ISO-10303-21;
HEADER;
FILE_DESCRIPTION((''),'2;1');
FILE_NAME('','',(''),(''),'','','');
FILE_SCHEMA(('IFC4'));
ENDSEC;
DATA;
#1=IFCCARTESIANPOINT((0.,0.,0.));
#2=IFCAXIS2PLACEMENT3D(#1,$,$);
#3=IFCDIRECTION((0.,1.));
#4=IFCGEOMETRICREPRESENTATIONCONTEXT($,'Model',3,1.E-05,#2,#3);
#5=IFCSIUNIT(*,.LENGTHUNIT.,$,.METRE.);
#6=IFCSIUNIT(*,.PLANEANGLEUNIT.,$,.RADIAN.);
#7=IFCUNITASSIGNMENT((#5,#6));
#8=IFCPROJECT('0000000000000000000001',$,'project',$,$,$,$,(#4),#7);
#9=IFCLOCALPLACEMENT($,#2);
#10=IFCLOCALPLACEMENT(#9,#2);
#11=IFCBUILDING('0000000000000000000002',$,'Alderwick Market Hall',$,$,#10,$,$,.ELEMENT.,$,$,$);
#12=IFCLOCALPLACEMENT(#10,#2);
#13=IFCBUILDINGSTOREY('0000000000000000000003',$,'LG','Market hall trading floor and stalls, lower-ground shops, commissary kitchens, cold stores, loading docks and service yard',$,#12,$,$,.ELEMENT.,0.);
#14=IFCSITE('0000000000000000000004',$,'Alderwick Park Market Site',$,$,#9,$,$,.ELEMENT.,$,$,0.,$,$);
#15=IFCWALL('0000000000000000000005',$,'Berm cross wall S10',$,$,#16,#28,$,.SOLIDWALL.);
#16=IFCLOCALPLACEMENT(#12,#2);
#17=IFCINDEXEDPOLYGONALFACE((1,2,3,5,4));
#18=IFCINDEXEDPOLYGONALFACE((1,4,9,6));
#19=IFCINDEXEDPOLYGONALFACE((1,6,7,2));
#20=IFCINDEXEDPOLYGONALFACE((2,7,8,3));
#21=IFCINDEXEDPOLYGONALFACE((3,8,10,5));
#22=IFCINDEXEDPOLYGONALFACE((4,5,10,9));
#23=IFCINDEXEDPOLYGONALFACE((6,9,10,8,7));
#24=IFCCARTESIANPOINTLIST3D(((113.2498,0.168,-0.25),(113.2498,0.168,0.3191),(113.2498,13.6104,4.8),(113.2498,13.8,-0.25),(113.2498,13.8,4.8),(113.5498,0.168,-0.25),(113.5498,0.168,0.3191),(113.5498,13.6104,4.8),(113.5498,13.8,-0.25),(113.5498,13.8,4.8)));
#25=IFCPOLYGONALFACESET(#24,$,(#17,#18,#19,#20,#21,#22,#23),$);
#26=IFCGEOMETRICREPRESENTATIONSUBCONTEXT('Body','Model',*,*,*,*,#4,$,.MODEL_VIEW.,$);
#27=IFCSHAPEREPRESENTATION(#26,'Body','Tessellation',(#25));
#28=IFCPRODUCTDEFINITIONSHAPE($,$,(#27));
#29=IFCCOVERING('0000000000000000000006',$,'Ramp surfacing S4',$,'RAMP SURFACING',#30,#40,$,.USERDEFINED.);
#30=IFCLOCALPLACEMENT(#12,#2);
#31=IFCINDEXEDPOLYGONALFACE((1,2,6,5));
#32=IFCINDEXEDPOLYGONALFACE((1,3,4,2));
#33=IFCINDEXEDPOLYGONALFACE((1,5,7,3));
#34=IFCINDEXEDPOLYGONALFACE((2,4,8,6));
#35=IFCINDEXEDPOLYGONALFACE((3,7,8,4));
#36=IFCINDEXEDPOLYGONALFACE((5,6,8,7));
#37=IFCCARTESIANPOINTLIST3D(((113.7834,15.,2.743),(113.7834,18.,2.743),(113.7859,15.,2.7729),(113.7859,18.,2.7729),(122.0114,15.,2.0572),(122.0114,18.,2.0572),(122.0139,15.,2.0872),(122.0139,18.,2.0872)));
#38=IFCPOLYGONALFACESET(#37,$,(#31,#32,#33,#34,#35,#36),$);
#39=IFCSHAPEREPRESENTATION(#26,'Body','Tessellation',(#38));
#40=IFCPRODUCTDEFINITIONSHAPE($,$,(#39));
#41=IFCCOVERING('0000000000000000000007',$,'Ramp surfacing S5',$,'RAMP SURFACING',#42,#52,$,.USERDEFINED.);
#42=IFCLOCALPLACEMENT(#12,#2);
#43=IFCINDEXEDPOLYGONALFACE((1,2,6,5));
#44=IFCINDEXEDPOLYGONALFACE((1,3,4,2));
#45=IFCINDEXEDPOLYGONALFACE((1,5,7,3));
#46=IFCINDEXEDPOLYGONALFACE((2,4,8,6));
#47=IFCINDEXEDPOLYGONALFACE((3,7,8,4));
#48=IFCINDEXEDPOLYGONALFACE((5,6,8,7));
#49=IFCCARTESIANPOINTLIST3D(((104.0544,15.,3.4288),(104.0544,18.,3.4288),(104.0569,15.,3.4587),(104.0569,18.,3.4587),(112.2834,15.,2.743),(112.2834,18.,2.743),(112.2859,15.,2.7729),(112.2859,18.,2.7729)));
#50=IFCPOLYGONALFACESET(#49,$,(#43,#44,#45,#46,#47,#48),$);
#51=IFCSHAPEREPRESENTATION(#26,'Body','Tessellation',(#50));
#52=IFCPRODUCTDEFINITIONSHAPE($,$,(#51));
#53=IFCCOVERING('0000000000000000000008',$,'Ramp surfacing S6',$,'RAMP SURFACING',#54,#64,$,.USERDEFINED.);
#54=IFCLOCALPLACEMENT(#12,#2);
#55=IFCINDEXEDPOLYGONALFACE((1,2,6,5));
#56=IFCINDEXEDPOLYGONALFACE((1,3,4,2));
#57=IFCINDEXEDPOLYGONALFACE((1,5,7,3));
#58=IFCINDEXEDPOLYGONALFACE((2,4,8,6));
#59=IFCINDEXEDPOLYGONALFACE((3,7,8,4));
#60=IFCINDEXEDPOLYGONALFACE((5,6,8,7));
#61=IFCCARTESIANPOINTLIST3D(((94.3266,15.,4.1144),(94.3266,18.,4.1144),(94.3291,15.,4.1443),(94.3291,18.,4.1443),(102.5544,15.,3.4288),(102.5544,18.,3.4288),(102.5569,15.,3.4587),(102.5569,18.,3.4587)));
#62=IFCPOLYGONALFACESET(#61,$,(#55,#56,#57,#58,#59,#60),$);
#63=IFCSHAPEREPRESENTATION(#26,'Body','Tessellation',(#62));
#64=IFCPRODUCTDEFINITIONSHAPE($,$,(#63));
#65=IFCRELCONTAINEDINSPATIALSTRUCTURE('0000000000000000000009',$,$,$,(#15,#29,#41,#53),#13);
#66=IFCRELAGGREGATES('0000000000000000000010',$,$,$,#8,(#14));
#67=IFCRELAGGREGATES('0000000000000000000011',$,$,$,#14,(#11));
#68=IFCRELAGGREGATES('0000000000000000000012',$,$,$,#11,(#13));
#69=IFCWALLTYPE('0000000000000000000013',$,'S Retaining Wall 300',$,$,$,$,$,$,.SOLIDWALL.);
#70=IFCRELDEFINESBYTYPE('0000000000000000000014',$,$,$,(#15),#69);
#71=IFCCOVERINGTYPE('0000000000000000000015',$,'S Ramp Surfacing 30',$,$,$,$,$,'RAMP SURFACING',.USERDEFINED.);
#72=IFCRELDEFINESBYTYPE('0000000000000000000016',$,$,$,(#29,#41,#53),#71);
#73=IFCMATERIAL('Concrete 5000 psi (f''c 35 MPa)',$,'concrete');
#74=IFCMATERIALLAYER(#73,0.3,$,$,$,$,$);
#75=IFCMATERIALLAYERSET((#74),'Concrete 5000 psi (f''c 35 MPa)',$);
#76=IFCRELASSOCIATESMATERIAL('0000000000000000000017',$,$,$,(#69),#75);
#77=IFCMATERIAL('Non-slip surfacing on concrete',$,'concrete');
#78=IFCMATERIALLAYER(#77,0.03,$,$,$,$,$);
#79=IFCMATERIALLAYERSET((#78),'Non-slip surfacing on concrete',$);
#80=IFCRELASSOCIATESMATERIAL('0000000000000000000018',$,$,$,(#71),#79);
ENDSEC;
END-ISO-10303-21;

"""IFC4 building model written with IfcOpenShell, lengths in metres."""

from ifc_helpers import new_model, si_unit, direction, frame, origin, place, context, subcontext, project, spatial, polyline, outline, extrude, material, layer, layer_set, type_object, element, save


model = new_model("IFC4")

# Units and contexts
model_context = context("Model", 3, precision=1e-05, world=origin(), true_north=direction((0.0, 1.0)))
body_context = subcontext(model_context, "Body", "Model", "MODEL_VIEW")
ifc_project = project(units=[si_unit("LENGTHUNIT", "METRE"), si_unit("PLANEANGLEUNIT", "RADIAN")], contexts=[model_context])

# Site, building, storey
site_placement = place(None, origin())
site = spatial("IfcSite", under=ifc_project, at=site_placement, Name="Alderwick Park Market Site", CompositionType="ELEMENT", RefElevation=0.0)
building_placement = place(site_placement, origin())
building = spatial("IfcBuilding", under=site, at=building_placement, Name="Alderwick Market Hall", CompositionType="ELEMENT")
storey_placement = place(building_placement, origin())
storey = spatial("IfcBuildingStorey", under=building, at=storey_placement, Name="LG", Description="Market hall trading floor and stalls, lower-ground shops, commissary kitchens, cold stores, loading docks and service yard", CompositionType="ELEMENT", Elevation=0.0)

# Wall
ifc_material_1 = material(Name="Concrete 5000 psi (f'c 35 MPa)", Category="concrete")
ifc_layer_1 = layer(ifc_material_1, 0.3)
ifc_layer_set_1 = layer_set([ifc_layer_1], Name="Concrete 5000 psi (f'c 35 MPa)")
wall_type = type_object("IfcWallType", Name="S Retaining Wall 300", PredefinedType="SOLIDWALL", material=ifc_layer_set_1)
wall_1_placement = place(storey_placement, frame((113.3999, 13.8, -0.25), z_axis=(0.0, 0.0, 1.0), x_axis=(0.0, -1.0, 0.0)))
element("IfcWall", 1, at=wall_1_placement, inside=storey, type_object=wall_type, Name="Berm cross wall S10", PredefinedType="SOLIDWALL", context=body_context, shape_type="SweptSolid", body=[
    extrude(outline(polyline([(0.0, 0.0), (13.6321, 0.0), (13.6321, 0.5691), (0.1897, 5.05), (0.0, 5.05), (0.0, 0.0)])), frame((0.0, 0.1499, 0.0), z_axis=(0.0, -1.0, 0.0), x_axis=(1.0, 0.0, 0.0)), (0.0, 0.0, 1.0), 0.3),
])

# Coverings
ifc_material_2 = material(Name="Non-slip surfacing on concrete", Category="concrete")
ifc_layer_2 = layer(ifc_material_2, 0.03)
ifc_layer_set_2 = layer_set([ifc_layer_2], Name="Non-slip surfacing on concrete")
covering_type = type_object("IfcCoveringType", Name="S Ramp Surfacing 30", ElementType="RAMP SURFACING", PredefinedType="USERDEFINED", material=ifc_layer_set_2)
covering_1_placement = place(storey_placement, frame((122.0139, 15.0, 2.0872), z_axis=(0.08306, 0.0, 0.996545), x_axis=(-0.996545, 0.0, 0.08306)))
element("IfcCovering", 2, at=covering_1_placement, inside=storey, type_object=covering_type, Name="Ramp surfacing S4", ObjectType="RAMP SURFACING", PredefinedType="USERDEFINED", context=body_context, shape_type="SweptSolid", body=[
    extrude(outline(polyline([(0.0, 0.0), (8.2566, 0.0), (8.2566, -3.0), (0.0, -3.0), (0.0, 0.0)])), origin(), (0.0, 0.0, -1.0), 0.03),
])
covering_2_placement = place(storey_placement, frame((112.2859, 15.0, 2.7729), z_axis=(0.08305, 0.0, 0.996545), x_axis=(-0.996545, 0.0, 0.08305)))
element("IfcCovering", 3, at=covering_2_placement, inside=storey, type_object=covering_type, Name="Ramp surfacing S5", ObjectType="RAMP SURFACING", PredefinedType="USERDEFINED", context=body_context, shape_type="SweptSolid", body=[
    extrude(outline(polyline([(0.0, 0.0), (8.2575, 0.0), (8.2575, -3.0), (0.0, -3.0), (0.0, 0.0)])), origin(), (0.0, 0.0, -1.0), 0.03),
])
covering_3_placement = place(storey_placement, frame((102.5569, 15.0, 3.4587), z_axis=(0.083033, 0.0, 0.996547), x_axis=(-0.996547, 0.0, 0.083033)))
element("IfcCovering", 4, at=covering_3_placement, inside=storey, type_object=covering_type, Name="Ramp surfacing S6", ObjectType="RAMP SURFACING", PredefinedType="USERDEFINED", context=body_context, shape_type="SweptSolid", body=[
    extrude(outline(polyline([(0.0, 0.0), (8.2563, 0.0), (8.2563, -3.0), (0.0, -3.0), (0.0, 0.0)])), origin(), (0.0, 0.0, -1.0), 0.03),
])

save(model, "model.ifc")
